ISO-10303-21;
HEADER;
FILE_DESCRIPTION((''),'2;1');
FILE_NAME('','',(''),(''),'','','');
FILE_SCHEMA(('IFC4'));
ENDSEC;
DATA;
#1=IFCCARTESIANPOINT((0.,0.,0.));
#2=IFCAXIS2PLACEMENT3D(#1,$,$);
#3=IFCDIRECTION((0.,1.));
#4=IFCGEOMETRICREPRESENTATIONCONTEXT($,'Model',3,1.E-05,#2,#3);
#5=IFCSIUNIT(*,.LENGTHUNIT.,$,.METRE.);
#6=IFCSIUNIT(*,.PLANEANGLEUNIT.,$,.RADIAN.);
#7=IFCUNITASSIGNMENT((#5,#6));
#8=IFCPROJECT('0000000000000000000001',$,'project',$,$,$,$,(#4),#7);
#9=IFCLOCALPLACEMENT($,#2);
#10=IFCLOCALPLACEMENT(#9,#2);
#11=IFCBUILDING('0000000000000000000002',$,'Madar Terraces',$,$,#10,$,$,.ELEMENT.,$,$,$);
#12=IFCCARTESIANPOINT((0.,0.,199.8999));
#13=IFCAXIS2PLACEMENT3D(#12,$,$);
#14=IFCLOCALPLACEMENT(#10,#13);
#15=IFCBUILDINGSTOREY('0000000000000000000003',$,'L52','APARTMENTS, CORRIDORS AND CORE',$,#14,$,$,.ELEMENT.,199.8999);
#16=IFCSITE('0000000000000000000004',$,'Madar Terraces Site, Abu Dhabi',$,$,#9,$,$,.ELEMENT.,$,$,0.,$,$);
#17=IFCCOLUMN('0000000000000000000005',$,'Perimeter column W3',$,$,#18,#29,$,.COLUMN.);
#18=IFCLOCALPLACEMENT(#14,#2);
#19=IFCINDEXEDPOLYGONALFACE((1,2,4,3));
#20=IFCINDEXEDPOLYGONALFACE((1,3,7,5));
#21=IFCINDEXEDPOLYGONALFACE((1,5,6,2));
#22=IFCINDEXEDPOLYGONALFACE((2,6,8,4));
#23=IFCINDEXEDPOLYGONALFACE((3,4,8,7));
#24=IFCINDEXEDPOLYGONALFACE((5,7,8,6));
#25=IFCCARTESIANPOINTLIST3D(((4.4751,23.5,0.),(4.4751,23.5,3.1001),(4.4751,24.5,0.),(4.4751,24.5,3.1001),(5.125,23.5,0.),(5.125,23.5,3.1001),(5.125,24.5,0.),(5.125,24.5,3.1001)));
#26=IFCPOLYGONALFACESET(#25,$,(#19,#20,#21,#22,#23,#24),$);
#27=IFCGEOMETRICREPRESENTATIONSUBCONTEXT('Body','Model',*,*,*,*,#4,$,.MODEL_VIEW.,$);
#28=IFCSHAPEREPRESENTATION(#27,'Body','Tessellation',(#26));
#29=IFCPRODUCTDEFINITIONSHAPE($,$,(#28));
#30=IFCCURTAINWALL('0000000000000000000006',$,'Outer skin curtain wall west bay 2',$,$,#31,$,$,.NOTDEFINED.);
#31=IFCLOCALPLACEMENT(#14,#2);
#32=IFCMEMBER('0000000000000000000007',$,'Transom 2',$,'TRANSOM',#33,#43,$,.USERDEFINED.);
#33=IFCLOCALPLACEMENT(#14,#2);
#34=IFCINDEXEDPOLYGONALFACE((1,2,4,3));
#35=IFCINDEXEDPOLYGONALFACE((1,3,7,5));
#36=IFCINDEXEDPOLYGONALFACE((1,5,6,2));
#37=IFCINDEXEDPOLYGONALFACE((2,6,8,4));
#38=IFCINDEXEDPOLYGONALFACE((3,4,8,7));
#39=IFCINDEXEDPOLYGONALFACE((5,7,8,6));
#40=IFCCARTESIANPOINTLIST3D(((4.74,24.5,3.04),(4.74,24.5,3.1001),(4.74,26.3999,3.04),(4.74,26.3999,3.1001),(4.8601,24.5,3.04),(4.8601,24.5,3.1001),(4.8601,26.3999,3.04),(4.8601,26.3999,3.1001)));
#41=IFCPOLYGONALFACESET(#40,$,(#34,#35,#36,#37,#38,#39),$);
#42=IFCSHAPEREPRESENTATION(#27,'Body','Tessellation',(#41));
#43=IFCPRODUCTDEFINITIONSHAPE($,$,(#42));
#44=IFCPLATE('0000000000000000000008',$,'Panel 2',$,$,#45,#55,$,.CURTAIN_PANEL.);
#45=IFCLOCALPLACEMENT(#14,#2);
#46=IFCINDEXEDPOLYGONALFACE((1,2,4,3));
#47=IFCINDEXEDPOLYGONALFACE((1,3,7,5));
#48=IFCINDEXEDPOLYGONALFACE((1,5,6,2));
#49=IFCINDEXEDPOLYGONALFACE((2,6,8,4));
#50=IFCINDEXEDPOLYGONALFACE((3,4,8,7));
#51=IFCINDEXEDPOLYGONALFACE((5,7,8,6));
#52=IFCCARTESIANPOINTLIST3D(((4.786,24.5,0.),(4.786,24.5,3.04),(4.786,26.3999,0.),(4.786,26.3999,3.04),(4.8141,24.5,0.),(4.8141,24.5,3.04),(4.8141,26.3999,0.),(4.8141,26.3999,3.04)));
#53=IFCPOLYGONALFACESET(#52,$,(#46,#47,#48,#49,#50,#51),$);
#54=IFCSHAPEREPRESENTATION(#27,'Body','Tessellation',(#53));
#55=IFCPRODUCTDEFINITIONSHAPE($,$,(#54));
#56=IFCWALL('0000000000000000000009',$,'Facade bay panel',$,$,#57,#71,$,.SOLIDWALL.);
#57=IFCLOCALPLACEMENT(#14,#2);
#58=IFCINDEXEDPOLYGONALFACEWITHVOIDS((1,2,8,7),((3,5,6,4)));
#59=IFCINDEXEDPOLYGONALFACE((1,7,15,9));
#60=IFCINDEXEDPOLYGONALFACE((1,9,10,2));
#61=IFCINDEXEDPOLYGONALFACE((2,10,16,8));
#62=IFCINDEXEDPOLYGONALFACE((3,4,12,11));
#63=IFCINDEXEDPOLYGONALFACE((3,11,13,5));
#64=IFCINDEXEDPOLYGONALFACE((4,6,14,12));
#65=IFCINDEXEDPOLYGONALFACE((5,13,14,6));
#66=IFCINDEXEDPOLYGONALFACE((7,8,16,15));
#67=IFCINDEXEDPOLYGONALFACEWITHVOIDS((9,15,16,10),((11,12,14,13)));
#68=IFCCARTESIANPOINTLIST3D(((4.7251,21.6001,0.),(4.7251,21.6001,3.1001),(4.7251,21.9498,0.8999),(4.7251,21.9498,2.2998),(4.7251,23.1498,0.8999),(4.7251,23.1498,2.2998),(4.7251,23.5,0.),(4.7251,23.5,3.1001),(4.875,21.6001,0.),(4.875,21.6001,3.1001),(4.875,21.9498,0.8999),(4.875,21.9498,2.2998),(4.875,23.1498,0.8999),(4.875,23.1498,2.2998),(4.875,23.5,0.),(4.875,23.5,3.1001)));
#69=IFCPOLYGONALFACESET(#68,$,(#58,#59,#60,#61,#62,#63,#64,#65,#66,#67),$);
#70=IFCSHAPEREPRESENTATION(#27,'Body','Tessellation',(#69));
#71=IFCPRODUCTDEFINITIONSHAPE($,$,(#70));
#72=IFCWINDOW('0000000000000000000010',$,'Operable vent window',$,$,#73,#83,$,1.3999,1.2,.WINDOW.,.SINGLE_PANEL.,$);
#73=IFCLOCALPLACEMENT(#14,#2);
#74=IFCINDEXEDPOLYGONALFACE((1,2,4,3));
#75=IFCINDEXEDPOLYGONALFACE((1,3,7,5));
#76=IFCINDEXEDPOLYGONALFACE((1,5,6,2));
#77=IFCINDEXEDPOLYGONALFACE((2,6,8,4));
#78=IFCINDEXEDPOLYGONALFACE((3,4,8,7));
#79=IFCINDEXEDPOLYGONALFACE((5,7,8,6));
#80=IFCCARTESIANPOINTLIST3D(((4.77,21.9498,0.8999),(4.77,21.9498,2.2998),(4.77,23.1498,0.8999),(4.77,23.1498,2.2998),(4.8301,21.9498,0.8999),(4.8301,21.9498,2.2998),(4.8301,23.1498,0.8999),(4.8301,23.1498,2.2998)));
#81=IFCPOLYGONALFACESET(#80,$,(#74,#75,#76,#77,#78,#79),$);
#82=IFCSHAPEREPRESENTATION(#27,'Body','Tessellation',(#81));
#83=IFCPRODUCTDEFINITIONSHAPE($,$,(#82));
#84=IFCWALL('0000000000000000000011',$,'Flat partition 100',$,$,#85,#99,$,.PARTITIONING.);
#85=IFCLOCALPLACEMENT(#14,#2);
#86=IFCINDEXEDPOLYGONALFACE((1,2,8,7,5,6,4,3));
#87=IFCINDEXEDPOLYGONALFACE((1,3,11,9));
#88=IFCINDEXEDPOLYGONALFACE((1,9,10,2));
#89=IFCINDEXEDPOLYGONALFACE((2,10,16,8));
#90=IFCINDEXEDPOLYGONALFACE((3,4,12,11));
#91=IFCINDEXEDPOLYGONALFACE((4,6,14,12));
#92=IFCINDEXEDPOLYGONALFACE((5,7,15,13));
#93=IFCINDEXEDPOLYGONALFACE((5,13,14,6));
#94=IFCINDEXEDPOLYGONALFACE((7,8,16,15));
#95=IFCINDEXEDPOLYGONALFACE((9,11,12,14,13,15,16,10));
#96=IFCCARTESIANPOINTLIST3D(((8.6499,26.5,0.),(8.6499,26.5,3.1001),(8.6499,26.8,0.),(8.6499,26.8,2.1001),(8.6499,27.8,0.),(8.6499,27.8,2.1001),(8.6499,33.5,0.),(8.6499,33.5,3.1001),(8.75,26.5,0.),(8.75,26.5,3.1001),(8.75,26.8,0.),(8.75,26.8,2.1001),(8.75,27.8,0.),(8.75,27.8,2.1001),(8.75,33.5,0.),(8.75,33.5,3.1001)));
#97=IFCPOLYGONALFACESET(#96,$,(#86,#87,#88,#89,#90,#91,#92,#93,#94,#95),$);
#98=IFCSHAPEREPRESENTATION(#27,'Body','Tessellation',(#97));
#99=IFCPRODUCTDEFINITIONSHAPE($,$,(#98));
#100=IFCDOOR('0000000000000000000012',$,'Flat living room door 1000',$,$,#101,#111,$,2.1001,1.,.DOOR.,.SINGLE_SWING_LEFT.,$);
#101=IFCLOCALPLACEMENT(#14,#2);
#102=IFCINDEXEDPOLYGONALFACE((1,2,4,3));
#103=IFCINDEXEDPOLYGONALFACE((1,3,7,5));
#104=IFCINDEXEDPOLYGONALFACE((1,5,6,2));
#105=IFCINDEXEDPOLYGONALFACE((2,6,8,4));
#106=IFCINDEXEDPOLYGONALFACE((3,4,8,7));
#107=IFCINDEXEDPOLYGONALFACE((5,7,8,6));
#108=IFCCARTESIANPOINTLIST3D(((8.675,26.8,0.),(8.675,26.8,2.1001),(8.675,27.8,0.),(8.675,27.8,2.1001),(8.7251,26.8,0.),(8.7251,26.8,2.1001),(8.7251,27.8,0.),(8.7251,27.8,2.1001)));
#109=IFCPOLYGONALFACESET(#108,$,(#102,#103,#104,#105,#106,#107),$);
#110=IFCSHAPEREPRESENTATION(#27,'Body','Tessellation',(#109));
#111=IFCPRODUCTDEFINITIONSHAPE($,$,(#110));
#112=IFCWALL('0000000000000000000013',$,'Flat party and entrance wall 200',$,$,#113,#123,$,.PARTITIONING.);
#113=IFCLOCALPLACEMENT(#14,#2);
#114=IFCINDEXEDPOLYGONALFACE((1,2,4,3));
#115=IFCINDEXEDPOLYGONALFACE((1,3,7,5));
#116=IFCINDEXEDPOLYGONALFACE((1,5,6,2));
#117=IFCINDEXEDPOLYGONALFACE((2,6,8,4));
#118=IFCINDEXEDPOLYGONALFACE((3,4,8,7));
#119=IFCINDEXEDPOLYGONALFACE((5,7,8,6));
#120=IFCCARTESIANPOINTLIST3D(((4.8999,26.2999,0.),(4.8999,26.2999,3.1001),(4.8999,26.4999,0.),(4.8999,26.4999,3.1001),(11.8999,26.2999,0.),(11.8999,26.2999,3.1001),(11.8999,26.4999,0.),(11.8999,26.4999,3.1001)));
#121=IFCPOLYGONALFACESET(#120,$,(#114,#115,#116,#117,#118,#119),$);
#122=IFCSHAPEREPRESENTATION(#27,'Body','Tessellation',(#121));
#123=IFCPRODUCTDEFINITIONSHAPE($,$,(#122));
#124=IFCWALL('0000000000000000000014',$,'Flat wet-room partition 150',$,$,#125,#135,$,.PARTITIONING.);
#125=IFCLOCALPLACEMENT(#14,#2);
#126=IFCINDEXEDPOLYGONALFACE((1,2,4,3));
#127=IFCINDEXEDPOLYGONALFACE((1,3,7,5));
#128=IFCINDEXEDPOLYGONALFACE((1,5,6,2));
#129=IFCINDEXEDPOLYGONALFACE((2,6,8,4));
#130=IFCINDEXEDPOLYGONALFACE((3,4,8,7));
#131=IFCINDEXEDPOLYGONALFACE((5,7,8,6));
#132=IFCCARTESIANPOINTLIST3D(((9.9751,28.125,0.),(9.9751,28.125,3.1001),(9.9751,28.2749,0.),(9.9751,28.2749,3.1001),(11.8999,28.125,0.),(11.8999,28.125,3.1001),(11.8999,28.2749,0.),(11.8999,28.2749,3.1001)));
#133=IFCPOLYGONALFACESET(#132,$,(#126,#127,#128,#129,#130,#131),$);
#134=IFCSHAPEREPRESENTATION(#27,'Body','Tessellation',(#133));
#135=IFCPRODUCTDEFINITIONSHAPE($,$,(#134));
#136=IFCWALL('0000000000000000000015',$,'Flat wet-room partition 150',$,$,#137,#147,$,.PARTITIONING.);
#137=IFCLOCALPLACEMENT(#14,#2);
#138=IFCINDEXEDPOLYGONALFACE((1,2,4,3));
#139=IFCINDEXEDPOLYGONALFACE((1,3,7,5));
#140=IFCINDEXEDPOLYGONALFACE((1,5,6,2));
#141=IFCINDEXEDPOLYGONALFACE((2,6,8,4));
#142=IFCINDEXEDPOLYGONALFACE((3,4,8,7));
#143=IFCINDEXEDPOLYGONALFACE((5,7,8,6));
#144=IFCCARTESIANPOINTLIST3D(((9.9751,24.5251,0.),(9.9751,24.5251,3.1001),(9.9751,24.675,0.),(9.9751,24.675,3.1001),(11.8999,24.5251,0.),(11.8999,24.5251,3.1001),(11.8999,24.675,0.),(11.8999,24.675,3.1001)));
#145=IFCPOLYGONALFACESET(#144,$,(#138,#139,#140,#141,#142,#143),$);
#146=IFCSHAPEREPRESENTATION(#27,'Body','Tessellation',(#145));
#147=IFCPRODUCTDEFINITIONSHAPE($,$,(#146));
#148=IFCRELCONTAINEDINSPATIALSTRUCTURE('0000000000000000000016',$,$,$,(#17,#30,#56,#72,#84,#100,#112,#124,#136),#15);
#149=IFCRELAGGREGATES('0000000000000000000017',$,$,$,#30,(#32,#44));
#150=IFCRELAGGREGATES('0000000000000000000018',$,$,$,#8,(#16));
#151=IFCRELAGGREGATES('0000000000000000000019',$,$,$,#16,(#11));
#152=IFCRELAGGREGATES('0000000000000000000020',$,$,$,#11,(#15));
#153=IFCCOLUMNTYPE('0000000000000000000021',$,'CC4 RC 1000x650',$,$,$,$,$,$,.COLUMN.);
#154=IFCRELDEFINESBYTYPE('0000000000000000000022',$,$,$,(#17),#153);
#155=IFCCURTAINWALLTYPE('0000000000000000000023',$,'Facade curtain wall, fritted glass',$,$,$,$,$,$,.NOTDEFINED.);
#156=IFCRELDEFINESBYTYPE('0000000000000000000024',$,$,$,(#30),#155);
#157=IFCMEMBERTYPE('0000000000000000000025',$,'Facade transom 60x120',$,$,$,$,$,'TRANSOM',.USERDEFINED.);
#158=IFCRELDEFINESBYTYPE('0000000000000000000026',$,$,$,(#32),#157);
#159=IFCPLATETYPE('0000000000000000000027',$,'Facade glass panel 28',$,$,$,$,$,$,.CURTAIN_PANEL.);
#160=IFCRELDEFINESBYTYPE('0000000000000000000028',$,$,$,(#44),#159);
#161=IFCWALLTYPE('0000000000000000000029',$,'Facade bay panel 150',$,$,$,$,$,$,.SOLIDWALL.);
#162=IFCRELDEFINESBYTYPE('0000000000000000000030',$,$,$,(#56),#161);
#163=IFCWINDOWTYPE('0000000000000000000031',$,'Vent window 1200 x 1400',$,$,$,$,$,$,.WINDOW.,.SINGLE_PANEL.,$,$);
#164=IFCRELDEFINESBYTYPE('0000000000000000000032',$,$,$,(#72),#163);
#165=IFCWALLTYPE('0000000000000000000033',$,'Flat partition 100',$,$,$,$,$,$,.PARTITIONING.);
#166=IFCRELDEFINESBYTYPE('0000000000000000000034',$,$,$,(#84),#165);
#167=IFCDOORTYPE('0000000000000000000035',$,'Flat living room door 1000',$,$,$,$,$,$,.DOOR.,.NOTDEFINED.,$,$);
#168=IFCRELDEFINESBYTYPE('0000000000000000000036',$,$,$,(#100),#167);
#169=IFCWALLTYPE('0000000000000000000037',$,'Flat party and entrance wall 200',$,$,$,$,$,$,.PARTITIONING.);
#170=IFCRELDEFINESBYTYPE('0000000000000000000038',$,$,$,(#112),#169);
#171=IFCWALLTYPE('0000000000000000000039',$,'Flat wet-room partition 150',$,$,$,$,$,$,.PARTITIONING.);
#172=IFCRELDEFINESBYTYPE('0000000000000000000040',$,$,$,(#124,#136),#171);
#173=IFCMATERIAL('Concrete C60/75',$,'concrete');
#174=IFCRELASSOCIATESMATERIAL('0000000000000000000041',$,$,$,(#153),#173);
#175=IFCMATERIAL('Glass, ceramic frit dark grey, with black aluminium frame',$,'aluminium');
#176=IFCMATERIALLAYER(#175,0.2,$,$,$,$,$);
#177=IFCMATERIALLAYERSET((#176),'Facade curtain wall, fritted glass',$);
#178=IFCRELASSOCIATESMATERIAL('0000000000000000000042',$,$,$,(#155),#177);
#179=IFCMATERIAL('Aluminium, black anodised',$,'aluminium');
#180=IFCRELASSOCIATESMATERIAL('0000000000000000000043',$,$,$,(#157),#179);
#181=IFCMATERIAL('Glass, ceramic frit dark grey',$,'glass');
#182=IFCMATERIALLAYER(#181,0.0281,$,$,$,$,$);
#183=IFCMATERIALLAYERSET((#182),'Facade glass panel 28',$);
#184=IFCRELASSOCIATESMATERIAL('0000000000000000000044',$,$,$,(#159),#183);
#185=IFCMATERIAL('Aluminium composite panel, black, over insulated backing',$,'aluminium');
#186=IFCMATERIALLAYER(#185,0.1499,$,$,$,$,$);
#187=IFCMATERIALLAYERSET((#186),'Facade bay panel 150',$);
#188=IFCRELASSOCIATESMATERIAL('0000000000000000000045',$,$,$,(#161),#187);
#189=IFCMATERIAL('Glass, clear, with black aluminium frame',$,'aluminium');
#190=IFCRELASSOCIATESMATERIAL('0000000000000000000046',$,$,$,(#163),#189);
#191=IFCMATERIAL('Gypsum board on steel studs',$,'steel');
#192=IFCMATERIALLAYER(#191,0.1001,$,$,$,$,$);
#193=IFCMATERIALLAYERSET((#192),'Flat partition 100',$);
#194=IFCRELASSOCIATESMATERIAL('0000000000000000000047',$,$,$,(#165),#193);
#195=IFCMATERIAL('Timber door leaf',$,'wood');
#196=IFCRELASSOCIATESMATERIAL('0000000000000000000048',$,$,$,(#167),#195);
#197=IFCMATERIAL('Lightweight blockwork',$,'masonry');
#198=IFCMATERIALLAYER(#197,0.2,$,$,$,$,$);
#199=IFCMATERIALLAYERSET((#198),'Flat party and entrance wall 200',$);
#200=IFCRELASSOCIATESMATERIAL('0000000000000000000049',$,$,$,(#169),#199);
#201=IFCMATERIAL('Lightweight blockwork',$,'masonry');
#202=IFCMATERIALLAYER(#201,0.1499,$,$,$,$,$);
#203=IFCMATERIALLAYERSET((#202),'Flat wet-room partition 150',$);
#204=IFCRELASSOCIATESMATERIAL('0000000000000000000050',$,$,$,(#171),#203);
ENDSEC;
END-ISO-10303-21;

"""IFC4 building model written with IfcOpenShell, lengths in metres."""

from ifc_helpers import new_model, si_unit, direction, frame, frame_2d, origin, origin_2d, place, context, subcontext, project, spatial, rectangle, extrude, material, layer, layer_set, material_profile, profile_set, type_object, element, fill, aggregate, save


model = new_model("IFC4")

# Units and contexts
model_context = context("Model", 3, precision=1e-05, world=origin(), true_north=direction((0.0, 1.0)))
body_context = subcontext(model_context, "Body", "Model", "MODEL_VIEW")
ifc_project = project(units=[si_unit("LENGTHUNIT", "METRE"), si_unit("PLANEANGLEUNIT", "RADIAN")], contexts=[model_context])

# Site, building, storey
site_placement = place(None, origin())
site = spatial("IfcSite", under=ifc_project, at=site_placement, Name="Madar Terraces Site, Abu Dhabi", CompositionType="ELEMENT", RefElevation=0.0)
building_placement = place(site_placement, origin())
building = spatial("IfcBuilding", under=site, at=building_placement, Name="Madar Terraces", CompositionType="ELEMENT")
storey_placement = place(building_placement, frame((0.0, 0.0, 199.8999)))
storey = spatial("IfcBuildingStorey", under=building, at=storey_placement, Name="L52", Description="APARTMENTS, CORRIDORS AND CORE", CompositionType="ELEMENT", Elevation=199.8999)

# Column
ifc_material_1 = material(Name="Concrete C60/75", Category="concrete")
ifc_material_profile_1 = material_profile(ifc_material_1, rectangle(XDim=1.0, YDim=0.6499, at=origin_2d()), Name="CC4 RC 1000x650")
ifc_profile_set_1 = profile_set([ifc_material_profile_1], Name="Concrete C60/75")
column_type = type_object("IfcColumnType", Name="CC4 RC 1000x650", PredefinedType="COLUMN", material=ifc_profile_set_1)
column_placement = place(storey_placement, frame((4.8, 24.0, 0.0), z_axis=(0.0, 0.0, 1.0), x_axis=(0.0, 1.0, 0.0)))
element("IfcColumn", 1, at=column_placement, inside=storey, type_object=column_type, Name="Perimeter column W3", PredefinedType="COLUMN", context=body_context, shape_type="SweptSolid", body=[
    extrude(rectangle(XDim=1.0, YDim=0.6499, at=origin_2d()), origin(), (0.0, 0.0, 1.0), 3.1001),
])

# Curtain wall, member, plate
ifc_material_2 = material(Name="Glass, ceramic frit dark grey, with black aluminium frame", Category="aluminium")
ifc_layer_1 = layer(ifc_material_2, 0.2)
ifc_layer_set_1 = layer_set([ifc_layer_1], Name="Facade curtain wall, fritted glass")
curtain_wall_type = type_object("IfcCurtainWallType", Name="Facade curtain wall, fritted glass", PredefinedType="NOTDEFINED", material=ifc_layer_set_1)
curtain_wall_placement = place(storey_placement, origin())
curtain_wall = element("IfcCurtainWall", 2, at=curtain_wall_placement, inside=storey, type_object=curtain_wall_type, Name="Outer skin curtain wall west bay 2", PredefinedType="NOTDEFINED")
ifc_material_3 = material(Name="Aluminium, black anodised", Category="aluminium")
ifc_material_profile_2 = material_profile(ifc_material_3, rectangle(XDim=0.1201, YDim=0.0601, at=origin_2d()), Name="Facade transom 60x120")
ifc_profile_set_2 = profile_set([ifc_material_profile_2], Name="Aluminium, black anodised")
member_type = type_object("IfcMemberType", Name="Facade transom 60x120", ElementType="TRANSOM", PredefinedType="USERDEFINED", material=ifc_profile_set_2)
member_placement = place(storey_placement, frame((4.8, 26.3999, 3.0701), z_axis=(0.0, -1.0, 0.0), x_axis=(1.0, 0.0, 0.0)))
member = element("IfcMember", 3, at=member_placement, type_object=member_type, Name="Transom 2", ObjectType="TRANSOM", PredefinedType="USERDEFINED", context=body_context, shape_type="SweptSolid", body=[
    extrude(rectangle(XDim=0.1201, YDim=0.0601, at=origin_2d()), origin(), (0.0, 0.0, 1.0), 1.8999),
])
ifc_material_4 = material(Name="Glass, ceramic frit dark grey", Category="glass")
ifc_layer_2 = layer(ifc_material_4, 0.0281)
ifc_layer_set_2 = layer_set([ifc_layer_2], Name="Facade glass panel 28")
plate_type = type_object("IfcPlateType", Name="Facade glass panel 28", PredefinedType="CURTAIN_PANEL", material=ifc_layer_set_2)
plate_placement = place(storey_placement, frame((4.8, 25.45, 0.0), z_axis=(0.0, 0.0, 1.0), x_axis=(0.0, -1.0, 0.0)))
plate = element("IfcPlate", 4, at=plate_placement, type_object=plate_type, Name="Panel 2", PredefinedType="CURTAIN_PANEL", context=body_context, shape_type="SweptSolid", body=[
    extrude(rectangle(XDim=1.8999, YDim=0.0281, at=origin_2d()), origin(), (0.0, 0.0, 1.0), 3.04),
])
aggregate(curtain_wall, [member, plate])

# Shared definitions
ifc_material_5 = material(Name="Aluminium composite panel, black, over insulated backing", Category="aluminium")
ifc_layer_3 = layer(ifc_material_5, 0.1499)
ifc_layer_set_3 = layer_set([ifc_layer_3], Name="Facade bay panel 150")
wall_type_1 = type_object("IfcWallType", Name="Facade bay panel 150", PredefinedType="SOLIDWALL", material=ifc_layer_set_3)

# Wall, opening, window
wall_1_placement = place(storey_placement, frame((4.8, 23.5, 0.0), z_axis=(0.0, 0.0, 1.0), x_axis=(0.0, -1.0, 0.0)))
wall_1 = element("IfcWall", 5, at=wall_1_placement, inside=storey, type_object=wall_type_1, Name="Facade bay panel", PredefinedType="SOLIDWALL", context=body_context, shape_type="SweptSolid", body=[
    extrude(rectangle(XDim=1.8999, YDim=0.1499, at=frame_2d((0.95, 0.0))), origin(), (0.0, 0.0, 1.0), 3.1001),
])
opening_1_placement = place(wall_1_placement, frame((0.3501, 0.0, 0.8999)))
opening_1 = element("IfcOpeningElement", 6, at=opening_1_placement, cuts=wall_1, PredefinedType="OPENING", context=body_context, shape_type="SweptSolid", body=[
    extrude(rectangle(XDim=1.2, YDim=1.3999, at=frame_2d((0.6001, 0.7))), frame((0.0, 0.085, 0.0), z_axis=(0.0, -1.0, 0.0), x_axis=(1.0, 0.0, 0.0)), (0.0, 0.0, 1.0), 0.1699),
])
ifc_material_6 = material(Name="Glass, clear, with black aluminium frame", Category="aluminium")
window_type = type_object("IfcWindowType", Name="Vent window 1200 x 1400", PartitioningType="SINGLE_PANEL", PredefinedType="WINDOW", material=ifc_material_6)
window_placement = place(opening_1_placement, origin())
window = element("IfcWindow", 7, at=window_placement, inside=storey, type_object=window_type, Name="Operable vent window", OverallHeight=1.3999, OverallWidth=1.2, PartitioningType="SINGLE_PANEL", PredefinedType="WINDOW", context=body_context, shape_type="SweptSolid", body=[
    extrude(rectangle(XDim=1.2, YDim=1.3999, at=frame_2d((0.6001, 0.7))), frame((0.0, 0.03, 0.0), z_axis=(0.0, -1.0, 0.0), x_axis=(1.0, 0.0, 0.0)), (0.0, 0.0, 1.0), 0.0601),
])
fill(opening_1, window)

# Wall, opening, door
ifc_material_7 = material(Name="Gypsum board on steel studs", Category="steel")
ifc_layer_4 = layer(ifc_material_7, 0.1001)
ifc_layer_set_4 = layer_set([ifc_layer_4], Name="Flat partition 100")
wall_type_2 = type_object("IfcWallType", Name="Flat partition 100", PredefinedType="PARTITIONING", material=ifc_layer_set_4)
wall_2_placement = place(storey_placement, frame((8.7, 26.5, 0.0), z_axis=(0.0, 0.0, 1.0), x_axis=(0.0, 1.0, 0.0)))
wall_2 = element("IfcWall", 8, at=wall_2_placement, inside=storey, type_object=wall_type_2, Name="Flat partition 100", PredefinedType="PARTITIONING", context=body_context, shape_type="SweptSolid", body=[
    extrude(rectangle(XDim=7.0, YDim=0.1001, at=frame_2d((3.5, 0.0))), origin(), (0.0, 0.0, 1.0), 3.1001),
])
opening_2_placement = place(wall_2_placement, frame((0.3, 0.0, 0.0)))
opening_2 = element("IfcOpeningElement", 9, at=opening_2_placement, cuts=wall_2, PredefinedType="OPENING", context=body_context, shape_type="SweptSolid", body=[
    extrude(rectangle(XDim=1.0, YDim=2.1001, at=frame_2d((0.5, 1.05))), frame((0.0, 0.0601, 0.0), z_axis=(0.0, -1.0, 0.0), x_axis=(1.0, 0.0, 0.0)), (0.0, 0.0, 1.0), 0.1201),
])
ifc_material_8 = material(Name="Timber door leaf", Category="wood")
door_type_1 = type_object("IfcDoorType", Name="Flat living room door 1000", OperationType="NOTDEFINED", PredefinedType="DOOR", material=ifc_material_8)
door_1_placement = place(opening_2_placement, origin())
door_1 = element("IfcDoor", 10, at=door_1_placement, inside=storey, type_object=door_type_1, Name="Flat living room door 1000", OperationType="SINGLE_SWING_LEFT", OverallHeight=2.1001, OverallWidth=1.0, PredefinedType="DOOR", context=body_context, shape_type="SweptSolid", body=[
    extrude(rectangle(XDim=1.0, YDim=2.1001, at=frame_2d((0.5, 1.05))), frame((0.0, 0.0249, 0.0), z_axis=(0.0, -1.0, 0.0), x_axis=(1.0, 0.0, 0.0)), (0.0, 0.0, 1.0), 0.05),
])
fill(opening_2, door_1)

# Walls
ifc_material_9 = material(Name="Lightweight blockwork", Category="masonry")
ifc_layer_5 = layer(ifc_material_9, 0.2)
ifc_layer_set_5 = layer_set([ifc_layer_5], Name="Flat party and entrance wall 200")
wall_type_3 = type_object("IfcWallType", Name="Flat party and entrance wall 200", PredefinedType="PARTITIONING", material=ifc_layer_set_5)
wall_3_placement = place(storey_placement, frame((4.8999, 26.3999, 0.0), z_axis=(0.0, 0.0, 1.0), x_axis=(1.0, 0.0, 0.0)))
element("IfcWall", 11, at=wall_3_placement, inside=storey, type_object=wall_type_3, Name="Flat party and entrance wall 200", PredefinedType="PARTITIONING", context=body_context, shape_type="SweptSolid", body=[
    extrude(rectangle(XDim=7.0, YDim=0.2, at=frame_2d((3.5, 0.0))), origin(), (0.0, 0.0, 1.0), 3.1001),
])
ifc_material_10 = material(Name="Lightweight blockwork", Category="masonry")
ifc_layer_6 = layer(ifc_material_10, 0.1499)
ifc_layer_set_6 = layer_set([ifc_layer_6], Name="Flat wet-room partition 150")
wall_type_4 = type_object("IfcWallType", Name="Flat wet-room partition 150", PredefinedType="PARTITIONING", material=ifc_layer_set_6)
for number, where, z_axis, x_axis, name in (
    (12, (11.8999, 28.2, 0.0), (0.0, 0.0, 1.0), (-1.0, 0.0, 0.0), "Flat wet-room partition 150"),
    (13, (11.8999, 24.6001, 0.0), (0.0, 0.0, 1.0), (-1.0, 0.0, 0.0), "Flat wet-room partition 150"),
):
    element("IfcWall", number, at=place(storey_placement, frame(where, z_axis=z_axis, x_axis=x_axis)), inside=storey, type_object=wall_type_4, Name=name, PredefinedType="PARTITIONING", context=body_context, shape_type="SweptSolid", body=[
        extrude(rectangle(XDim=1.9248, YDim=0.1499, at=frame_2d((0.9624, 0.0))), origin(), (0.0, 0.0, 1.0), 3.1001),
    ])

save(model, "model.ifc")
